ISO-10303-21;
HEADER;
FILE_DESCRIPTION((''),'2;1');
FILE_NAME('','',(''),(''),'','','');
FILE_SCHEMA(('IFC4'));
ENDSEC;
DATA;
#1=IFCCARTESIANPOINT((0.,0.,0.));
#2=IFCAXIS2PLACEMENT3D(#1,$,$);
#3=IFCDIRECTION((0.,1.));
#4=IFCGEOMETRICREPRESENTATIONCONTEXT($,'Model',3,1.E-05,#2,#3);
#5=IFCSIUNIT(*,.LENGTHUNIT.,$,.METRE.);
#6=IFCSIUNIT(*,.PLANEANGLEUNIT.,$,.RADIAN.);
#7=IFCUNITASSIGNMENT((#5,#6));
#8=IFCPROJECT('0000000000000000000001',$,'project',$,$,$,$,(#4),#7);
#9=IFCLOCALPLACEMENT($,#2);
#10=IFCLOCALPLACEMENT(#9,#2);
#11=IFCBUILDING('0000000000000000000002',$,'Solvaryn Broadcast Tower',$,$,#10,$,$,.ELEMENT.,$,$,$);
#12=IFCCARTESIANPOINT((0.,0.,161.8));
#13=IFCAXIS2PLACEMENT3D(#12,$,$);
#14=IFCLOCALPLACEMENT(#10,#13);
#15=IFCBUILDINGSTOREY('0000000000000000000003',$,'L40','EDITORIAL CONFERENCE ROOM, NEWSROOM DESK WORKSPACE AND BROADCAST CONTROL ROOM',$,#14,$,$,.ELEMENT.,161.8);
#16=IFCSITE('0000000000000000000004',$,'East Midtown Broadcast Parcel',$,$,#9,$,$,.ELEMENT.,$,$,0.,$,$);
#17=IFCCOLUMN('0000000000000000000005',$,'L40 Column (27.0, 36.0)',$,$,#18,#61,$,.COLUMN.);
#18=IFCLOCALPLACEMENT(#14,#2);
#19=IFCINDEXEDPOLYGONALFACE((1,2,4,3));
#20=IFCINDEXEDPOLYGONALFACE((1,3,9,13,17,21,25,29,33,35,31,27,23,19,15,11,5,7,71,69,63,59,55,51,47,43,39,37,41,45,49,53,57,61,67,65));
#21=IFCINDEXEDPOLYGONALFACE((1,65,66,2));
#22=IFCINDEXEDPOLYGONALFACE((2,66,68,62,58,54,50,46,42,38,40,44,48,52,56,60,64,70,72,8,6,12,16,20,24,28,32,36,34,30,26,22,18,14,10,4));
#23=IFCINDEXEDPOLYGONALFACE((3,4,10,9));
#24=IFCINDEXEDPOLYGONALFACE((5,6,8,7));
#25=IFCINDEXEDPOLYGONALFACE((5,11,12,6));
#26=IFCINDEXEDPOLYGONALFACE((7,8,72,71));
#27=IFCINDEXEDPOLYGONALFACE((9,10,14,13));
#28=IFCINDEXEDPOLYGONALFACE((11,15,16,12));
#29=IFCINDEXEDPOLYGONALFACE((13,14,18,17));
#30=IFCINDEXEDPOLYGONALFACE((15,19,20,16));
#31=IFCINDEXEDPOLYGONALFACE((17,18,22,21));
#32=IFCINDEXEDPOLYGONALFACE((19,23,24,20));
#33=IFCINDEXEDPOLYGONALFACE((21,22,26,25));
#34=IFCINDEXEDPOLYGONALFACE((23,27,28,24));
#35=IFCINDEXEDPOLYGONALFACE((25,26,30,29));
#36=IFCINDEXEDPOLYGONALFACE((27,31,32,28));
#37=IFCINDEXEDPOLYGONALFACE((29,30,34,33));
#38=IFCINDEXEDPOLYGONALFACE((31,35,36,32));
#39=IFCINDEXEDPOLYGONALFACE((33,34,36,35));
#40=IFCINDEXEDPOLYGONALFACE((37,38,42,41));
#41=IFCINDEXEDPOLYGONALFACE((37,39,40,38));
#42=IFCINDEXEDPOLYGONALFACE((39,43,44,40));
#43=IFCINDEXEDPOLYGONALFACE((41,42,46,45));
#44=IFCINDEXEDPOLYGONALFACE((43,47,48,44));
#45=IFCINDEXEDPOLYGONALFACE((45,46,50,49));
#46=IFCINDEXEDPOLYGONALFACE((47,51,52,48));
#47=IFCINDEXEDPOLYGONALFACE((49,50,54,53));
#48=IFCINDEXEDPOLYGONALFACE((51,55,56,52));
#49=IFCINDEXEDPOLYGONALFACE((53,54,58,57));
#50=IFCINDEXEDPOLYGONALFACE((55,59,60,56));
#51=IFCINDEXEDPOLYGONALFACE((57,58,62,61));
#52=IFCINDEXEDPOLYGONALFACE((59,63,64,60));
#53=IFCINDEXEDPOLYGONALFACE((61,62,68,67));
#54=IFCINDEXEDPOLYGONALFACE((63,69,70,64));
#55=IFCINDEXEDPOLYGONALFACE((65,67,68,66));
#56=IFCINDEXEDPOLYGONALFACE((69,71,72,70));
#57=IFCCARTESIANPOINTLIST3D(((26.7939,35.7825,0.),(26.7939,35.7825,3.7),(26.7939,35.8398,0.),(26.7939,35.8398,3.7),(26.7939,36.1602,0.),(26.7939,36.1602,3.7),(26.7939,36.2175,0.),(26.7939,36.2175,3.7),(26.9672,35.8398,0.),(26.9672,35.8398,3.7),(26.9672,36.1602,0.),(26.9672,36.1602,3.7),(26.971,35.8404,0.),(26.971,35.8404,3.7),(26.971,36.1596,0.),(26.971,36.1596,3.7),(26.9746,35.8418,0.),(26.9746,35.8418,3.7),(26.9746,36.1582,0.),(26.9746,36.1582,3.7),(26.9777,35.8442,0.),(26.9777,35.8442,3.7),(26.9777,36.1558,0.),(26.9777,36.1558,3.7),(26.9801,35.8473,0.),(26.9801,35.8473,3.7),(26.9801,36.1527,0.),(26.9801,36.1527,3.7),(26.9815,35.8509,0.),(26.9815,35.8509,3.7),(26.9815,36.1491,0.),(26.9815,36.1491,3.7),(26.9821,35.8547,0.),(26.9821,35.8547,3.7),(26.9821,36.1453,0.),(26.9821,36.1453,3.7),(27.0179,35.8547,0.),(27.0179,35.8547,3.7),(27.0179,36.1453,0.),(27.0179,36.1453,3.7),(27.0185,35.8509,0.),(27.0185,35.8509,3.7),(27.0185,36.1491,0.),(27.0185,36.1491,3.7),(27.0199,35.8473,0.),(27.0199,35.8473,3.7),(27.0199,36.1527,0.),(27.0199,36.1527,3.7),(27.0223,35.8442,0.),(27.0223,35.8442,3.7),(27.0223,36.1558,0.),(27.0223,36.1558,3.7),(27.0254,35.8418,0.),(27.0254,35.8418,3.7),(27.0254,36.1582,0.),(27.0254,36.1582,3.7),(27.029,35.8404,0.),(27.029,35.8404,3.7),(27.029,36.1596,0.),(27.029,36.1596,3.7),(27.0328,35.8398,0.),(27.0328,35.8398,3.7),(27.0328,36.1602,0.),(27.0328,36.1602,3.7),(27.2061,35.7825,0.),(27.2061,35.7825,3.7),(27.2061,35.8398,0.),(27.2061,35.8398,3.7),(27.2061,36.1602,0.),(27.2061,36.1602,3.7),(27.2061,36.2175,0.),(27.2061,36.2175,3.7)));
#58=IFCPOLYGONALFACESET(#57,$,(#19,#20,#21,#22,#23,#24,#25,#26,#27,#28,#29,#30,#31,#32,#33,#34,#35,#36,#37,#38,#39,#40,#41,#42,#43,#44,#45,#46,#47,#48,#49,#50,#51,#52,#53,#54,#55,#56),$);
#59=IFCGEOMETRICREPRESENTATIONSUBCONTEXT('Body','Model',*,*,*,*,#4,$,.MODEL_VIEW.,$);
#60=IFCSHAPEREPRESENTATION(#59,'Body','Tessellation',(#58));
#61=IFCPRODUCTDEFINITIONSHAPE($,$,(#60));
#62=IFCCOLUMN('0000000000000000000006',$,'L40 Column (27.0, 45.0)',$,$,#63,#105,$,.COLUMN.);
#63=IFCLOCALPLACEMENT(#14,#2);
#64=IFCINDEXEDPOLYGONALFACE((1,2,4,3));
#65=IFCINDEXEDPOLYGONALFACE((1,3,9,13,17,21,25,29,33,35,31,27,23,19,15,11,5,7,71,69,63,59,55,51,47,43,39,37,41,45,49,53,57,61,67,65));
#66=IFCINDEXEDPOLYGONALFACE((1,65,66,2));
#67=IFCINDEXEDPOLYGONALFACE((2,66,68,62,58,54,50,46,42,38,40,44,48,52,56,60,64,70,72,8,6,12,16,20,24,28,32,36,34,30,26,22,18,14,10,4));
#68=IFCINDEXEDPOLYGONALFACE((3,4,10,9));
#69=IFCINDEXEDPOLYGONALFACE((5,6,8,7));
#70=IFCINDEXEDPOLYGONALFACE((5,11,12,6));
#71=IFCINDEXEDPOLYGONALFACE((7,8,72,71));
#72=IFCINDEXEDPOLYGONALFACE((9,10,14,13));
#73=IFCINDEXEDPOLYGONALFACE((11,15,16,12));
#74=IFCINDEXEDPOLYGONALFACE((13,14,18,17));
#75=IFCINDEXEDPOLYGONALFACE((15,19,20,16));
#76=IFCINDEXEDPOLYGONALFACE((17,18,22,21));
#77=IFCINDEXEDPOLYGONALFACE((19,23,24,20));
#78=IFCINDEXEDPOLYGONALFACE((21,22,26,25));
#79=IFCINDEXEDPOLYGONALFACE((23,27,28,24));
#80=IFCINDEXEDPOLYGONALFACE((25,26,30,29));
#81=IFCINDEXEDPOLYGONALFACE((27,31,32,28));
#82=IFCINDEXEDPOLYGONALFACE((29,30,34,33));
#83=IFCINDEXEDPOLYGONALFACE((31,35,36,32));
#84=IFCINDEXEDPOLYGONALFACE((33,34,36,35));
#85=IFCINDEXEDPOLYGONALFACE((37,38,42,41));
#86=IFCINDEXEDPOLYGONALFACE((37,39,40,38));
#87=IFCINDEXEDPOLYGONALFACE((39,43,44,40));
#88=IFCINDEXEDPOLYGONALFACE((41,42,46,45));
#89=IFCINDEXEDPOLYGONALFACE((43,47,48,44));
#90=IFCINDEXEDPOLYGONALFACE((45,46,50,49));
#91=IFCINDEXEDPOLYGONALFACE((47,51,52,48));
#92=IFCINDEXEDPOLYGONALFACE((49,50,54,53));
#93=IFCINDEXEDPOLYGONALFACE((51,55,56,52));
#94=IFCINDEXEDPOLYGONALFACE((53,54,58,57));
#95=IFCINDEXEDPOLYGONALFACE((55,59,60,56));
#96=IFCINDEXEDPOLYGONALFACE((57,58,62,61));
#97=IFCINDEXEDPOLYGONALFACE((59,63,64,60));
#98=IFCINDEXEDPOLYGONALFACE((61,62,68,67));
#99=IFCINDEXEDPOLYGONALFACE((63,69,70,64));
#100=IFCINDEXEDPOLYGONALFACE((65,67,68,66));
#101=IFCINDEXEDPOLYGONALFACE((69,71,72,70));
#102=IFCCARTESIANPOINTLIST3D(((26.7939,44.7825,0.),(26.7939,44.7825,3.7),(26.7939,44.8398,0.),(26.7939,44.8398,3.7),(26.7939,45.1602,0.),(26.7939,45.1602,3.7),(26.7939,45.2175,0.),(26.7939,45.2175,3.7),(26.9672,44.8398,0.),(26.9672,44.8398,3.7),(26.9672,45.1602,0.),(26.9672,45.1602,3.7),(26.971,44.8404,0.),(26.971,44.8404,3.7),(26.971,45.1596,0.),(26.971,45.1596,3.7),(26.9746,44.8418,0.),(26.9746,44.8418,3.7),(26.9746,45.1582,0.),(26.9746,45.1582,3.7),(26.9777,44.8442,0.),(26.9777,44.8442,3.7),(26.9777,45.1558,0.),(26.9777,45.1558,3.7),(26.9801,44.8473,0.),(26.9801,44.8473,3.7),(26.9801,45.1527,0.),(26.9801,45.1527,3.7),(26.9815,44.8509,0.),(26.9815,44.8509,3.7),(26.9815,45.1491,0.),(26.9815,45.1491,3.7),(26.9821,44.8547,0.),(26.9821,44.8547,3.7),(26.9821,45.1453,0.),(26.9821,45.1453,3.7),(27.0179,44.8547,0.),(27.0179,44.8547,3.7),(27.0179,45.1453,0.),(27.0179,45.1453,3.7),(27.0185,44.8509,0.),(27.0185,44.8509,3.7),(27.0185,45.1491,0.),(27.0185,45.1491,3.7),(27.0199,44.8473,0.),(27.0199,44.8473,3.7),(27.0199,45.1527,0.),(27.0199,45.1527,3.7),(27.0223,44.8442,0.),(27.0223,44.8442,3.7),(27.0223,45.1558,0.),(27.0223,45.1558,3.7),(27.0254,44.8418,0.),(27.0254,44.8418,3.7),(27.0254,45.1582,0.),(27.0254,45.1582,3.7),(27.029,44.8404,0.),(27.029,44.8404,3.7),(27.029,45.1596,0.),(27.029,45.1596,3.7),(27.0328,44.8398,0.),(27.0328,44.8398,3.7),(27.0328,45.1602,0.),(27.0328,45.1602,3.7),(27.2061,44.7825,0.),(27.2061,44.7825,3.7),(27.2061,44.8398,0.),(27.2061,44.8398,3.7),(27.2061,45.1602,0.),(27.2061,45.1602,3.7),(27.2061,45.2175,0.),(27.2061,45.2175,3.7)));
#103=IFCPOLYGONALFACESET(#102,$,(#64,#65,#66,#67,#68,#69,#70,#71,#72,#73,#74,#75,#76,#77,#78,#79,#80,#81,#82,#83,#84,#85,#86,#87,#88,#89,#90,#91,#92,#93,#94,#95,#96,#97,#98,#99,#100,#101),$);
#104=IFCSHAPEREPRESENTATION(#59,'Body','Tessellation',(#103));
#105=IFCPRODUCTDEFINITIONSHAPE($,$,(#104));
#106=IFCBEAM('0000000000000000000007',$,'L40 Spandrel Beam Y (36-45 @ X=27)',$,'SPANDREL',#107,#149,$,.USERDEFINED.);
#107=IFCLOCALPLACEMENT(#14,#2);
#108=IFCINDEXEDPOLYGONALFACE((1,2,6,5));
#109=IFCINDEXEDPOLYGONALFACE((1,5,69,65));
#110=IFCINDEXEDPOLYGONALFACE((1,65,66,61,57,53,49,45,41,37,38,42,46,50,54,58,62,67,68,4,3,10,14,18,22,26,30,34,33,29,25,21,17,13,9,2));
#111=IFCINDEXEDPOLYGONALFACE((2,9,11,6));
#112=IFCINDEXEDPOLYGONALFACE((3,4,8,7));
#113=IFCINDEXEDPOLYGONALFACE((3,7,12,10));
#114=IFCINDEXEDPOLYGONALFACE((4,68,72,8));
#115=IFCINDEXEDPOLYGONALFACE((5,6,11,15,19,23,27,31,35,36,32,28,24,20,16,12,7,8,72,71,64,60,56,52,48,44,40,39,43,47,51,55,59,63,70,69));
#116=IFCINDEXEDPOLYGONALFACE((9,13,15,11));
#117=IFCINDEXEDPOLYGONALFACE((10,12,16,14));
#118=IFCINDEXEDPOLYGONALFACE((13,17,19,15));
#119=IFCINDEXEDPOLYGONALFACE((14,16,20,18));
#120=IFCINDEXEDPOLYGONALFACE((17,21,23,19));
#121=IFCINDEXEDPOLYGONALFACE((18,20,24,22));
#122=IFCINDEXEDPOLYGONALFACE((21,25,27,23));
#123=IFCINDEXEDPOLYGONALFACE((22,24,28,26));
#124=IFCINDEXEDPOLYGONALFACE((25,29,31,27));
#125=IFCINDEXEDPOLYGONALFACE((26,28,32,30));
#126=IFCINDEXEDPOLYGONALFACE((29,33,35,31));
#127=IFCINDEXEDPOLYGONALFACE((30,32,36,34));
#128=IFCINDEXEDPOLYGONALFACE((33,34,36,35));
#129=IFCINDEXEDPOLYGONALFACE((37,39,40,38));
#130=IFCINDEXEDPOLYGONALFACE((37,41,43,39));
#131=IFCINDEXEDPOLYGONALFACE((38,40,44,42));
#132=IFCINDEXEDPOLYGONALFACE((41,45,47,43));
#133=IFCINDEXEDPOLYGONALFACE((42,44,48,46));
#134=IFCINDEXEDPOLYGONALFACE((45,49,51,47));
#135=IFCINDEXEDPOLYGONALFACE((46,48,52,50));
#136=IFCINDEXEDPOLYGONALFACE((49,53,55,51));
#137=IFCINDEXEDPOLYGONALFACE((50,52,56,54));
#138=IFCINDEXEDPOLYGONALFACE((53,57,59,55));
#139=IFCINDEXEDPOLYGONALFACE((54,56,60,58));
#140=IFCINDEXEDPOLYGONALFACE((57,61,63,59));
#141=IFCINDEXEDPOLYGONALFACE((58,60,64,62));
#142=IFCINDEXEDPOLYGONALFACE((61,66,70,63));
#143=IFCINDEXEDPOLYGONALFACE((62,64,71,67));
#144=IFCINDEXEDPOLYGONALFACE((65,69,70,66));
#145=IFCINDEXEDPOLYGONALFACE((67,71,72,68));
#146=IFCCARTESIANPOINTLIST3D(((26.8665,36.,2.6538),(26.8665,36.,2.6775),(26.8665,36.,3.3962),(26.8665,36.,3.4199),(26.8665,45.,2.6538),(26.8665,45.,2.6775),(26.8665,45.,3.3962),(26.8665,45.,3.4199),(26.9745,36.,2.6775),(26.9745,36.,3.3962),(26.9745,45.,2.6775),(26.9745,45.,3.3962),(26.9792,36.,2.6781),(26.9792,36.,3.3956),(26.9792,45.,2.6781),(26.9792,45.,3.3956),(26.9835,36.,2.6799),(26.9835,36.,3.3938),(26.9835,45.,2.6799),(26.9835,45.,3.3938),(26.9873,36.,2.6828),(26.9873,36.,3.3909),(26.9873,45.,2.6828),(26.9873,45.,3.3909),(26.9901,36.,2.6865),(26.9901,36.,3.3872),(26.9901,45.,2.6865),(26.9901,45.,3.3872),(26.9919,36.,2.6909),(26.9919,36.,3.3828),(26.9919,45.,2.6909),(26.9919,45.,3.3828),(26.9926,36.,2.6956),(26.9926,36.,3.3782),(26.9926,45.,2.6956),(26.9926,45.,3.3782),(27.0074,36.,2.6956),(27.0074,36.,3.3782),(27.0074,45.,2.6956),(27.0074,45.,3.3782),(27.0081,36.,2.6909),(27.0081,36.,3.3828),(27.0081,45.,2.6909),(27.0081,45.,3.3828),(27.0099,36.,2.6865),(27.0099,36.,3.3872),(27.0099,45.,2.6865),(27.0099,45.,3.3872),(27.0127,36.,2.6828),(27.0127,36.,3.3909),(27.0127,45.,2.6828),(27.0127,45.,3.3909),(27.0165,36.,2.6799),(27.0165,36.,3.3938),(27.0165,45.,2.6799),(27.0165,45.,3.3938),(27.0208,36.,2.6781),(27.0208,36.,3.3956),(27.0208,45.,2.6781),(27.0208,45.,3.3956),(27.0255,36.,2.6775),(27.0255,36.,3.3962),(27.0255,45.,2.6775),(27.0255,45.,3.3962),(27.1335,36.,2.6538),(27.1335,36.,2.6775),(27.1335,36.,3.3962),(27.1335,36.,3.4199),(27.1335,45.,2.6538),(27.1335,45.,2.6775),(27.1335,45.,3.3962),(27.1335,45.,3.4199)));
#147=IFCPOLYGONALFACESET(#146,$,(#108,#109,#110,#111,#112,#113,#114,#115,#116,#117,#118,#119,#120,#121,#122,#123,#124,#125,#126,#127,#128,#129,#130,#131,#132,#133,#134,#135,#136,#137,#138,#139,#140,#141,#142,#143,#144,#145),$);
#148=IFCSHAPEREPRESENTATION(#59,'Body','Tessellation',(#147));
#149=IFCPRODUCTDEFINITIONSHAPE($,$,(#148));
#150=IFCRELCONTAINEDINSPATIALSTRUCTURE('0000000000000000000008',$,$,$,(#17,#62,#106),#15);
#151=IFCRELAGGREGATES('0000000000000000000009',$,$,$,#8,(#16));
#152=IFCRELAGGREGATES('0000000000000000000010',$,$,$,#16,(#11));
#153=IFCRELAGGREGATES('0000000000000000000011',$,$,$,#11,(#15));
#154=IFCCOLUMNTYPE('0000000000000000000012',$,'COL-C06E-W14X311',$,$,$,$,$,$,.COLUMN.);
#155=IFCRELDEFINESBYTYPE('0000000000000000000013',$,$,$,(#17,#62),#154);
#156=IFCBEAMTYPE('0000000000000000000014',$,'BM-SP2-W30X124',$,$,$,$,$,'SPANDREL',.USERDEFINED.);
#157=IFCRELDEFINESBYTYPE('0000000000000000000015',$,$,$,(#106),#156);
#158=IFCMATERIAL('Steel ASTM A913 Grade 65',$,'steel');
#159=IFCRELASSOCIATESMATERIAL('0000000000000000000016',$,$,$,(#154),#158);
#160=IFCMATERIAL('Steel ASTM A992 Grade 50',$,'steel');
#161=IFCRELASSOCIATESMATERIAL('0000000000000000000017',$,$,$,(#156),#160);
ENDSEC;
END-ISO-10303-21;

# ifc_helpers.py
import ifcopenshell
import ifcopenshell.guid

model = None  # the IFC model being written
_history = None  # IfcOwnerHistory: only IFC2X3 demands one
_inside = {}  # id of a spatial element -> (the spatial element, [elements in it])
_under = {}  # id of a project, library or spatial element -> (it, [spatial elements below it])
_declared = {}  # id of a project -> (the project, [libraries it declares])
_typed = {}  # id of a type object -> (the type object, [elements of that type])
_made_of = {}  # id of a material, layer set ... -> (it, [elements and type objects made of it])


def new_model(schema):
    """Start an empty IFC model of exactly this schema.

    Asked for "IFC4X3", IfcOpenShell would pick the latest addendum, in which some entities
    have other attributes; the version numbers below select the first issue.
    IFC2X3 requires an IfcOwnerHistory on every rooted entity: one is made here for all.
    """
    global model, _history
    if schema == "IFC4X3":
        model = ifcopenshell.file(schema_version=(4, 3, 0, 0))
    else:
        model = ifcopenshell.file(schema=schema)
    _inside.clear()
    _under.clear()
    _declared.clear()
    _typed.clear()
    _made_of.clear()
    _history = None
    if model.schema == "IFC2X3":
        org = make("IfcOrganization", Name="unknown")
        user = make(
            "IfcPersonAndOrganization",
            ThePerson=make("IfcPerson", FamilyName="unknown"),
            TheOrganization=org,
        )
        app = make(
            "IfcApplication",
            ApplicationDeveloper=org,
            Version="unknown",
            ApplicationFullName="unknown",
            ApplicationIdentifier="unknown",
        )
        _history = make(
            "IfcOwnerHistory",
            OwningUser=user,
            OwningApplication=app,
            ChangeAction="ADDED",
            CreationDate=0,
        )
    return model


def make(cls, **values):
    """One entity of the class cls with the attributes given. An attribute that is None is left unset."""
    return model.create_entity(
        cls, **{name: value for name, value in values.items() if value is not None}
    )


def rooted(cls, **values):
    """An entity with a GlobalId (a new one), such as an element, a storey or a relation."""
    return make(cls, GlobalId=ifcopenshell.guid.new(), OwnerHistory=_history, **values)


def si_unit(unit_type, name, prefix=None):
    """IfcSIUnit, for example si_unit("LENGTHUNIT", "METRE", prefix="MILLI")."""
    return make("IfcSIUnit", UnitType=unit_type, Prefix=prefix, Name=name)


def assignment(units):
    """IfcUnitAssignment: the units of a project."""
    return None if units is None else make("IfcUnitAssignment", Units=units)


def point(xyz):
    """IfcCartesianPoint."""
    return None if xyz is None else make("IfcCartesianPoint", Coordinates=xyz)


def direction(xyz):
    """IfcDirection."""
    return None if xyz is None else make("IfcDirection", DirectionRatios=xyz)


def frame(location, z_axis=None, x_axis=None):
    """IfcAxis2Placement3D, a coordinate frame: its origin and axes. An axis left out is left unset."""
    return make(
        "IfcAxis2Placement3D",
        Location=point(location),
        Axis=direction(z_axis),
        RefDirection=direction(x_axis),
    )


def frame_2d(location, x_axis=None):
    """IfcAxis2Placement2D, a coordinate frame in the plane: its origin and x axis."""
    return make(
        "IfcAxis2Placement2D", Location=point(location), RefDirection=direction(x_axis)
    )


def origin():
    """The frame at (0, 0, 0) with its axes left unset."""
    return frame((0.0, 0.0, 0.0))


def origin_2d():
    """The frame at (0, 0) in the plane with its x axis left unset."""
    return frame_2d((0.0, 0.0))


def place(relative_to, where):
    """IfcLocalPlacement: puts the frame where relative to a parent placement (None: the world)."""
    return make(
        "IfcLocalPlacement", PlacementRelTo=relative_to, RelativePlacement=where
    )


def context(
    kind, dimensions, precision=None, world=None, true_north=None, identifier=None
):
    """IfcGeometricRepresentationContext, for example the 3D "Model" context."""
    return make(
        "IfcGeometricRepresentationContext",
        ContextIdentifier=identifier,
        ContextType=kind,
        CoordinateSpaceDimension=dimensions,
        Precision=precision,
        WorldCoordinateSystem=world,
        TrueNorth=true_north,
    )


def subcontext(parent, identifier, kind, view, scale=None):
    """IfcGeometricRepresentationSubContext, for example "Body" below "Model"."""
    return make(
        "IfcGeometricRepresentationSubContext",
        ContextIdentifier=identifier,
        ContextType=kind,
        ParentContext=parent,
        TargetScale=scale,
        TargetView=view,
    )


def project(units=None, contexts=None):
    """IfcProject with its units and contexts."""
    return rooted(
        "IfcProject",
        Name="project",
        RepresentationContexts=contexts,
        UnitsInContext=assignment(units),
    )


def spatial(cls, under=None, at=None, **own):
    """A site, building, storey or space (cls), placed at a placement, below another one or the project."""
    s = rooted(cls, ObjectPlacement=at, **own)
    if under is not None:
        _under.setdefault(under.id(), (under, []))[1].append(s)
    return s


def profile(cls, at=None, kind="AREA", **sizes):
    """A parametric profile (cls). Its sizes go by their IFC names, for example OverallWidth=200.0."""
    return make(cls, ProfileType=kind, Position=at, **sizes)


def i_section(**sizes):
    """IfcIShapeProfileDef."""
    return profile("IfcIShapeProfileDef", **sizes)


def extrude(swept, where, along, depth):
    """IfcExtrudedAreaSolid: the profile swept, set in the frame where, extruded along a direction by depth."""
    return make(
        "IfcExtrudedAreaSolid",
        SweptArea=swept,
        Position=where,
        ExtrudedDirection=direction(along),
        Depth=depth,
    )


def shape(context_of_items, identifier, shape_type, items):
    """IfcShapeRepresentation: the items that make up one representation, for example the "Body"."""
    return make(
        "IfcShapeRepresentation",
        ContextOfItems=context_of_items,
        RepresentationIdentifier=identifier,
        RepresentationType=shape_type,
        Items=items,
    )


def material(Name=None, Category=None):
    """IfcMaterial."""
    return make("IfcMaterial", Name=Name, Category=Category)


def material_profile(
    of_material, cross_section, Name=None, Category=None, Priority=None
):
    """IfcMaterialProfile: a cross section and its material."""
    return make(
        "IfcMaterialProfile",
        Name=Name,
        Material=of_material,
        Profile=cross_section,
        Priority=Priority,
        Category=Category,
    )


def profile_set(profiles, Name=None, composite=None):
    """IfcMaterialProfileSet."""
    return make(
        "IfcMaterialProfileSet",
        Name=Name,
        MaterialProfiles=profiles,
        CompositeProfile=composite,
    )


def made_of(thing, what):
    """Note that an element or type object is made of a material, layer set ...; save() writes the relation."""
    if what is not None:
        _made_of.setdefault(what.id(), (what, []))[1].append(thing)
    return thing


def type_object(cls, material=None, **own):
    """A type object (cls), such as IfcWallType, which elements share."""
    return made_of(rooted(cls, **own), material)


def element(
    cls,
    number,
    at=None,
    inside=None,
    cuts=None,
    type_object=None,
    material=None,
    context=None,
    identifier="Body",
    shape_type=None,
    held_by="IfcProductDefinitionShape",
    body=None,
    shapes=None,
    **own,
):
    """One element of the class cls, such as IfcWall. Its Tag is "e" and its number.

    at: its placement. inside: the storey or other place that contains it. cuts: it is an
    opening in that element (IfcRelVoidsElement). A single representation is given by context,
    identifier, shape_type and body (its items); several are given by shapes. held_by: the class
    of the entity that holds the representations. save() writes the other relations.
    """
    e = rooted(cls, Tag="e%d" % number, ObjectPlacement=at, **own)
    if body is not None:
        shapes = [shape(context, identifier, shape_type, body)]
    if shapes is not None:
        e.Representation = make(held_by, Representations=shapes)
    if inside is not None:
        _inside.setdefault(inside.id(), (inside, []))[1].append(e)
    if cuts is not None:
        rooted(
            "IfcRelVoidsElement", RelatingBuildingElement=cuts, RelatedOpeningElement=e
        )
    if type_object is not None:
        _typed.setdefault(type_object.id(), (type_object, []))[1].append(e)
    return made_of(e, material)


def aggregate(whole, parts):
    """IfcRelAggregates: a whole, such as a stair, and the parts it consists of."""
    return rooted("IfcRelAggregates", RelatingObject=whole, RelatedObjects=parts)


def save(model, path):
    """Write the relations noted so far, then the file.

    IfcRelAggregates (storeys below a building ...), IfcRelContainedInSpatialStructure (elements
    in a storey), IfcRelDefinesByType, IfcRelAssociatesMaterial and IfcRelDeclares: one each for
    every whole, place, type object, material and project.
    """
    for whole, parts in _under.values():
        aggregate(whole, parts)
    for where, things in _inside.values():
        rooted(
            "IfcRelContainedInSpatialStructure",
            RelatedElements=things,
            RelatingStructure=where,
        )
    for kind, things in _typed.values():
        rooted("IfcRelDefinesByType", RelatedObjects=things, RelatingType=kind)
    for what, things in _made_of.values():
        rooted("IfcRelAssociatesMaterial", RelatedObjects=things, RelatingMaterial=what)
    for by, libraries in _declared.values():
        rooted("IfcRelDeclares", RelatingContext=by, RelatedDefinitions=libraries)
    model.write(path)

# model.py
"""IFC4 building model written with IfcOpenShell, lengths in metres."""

from ifc_helpers import new_model, si_unit, direction, frame, origin, origin_2d, place, context, subcontext, project, spatial, i_section, extrude, material, material_profile, profile_set, type_object, element, save


model = new_model("IFC4")

# Units and contexts
model_context = context("Model", 3, precision=1e-05, world=origin(), true_north=direction((0.0, 1.0)))
body_context = subcontext(model_context, "Body", "Model", "MODEL_VIEW")
ifc_project = project(units=[si_unit("LENGTHUNIT", "METRE"), si_unit("PLANEANGLEUNIT", "RADIAN")], contexts=[model_context])

# Site, building, storey
site_placement = place(None, origin())
site = spatial("IfcSite", under=ifc_project, at=site_placement, Name="East Midtown Broadcast Parcel", CompositionType="ELEMENT", RefElevation=0.0)
building_placement = place(site_placement, origin())
building = spatial("IfcBuilding", under=site, at=building_placement, Name="Solvaryn Broadcast Tower", CompositionType="ELEMENT")
storey_placement = place(building_placement, frame((0.0, 0.0, 161.8)))
storey = spatial("IfcBuildingStorey", under=building, at=storey_placement, Name="L40", Description="EDITORIAL CONFERENCE ROOM, NEWSROOM DESK WORKSPACE AND BROADCAST CONTROL ROOM", CompositionType="ELEMENT", Elevation=161.8)

# Columns
ifc_material_1 = material(Name="Steel ASTM A913 Grade 65", Category="steel")
ifc_material_profile_1 = material_profile(ifc_material_1, i_section(OverallWidth=0.4121, OverallDepth=0.4351, WebThickness=0.0359, FlangeThickness=0.0574, FilletRadius=0.0149, at=origin_2d()))
ifc_profile_set_1 = profile_set([ifc_material_profile_1], Name="Steel ASTM A913 Grade 65")
column_type = type_object("IfcColumnType", Name="COL-C06E-W14X311", PredefinedType="COLUMN", material=ifc_profile_set_1)
for number, where, z_axis, x_axis, name in (
    (1, (27.0, 36.0, 0.0), (0.0, 0.0, 1.0), (1.0, 0.0, 0.0), "L40 Column (27.0, 36.0)"),
    (2, (27.0, 45.0, 0.0), (0.0, 0.0, 1.0), (1.0, 0.0, 0.0), "L40 Column (27.0, 45.0)"),
):
    element("IfcColumn", number, at=place(storey_placement, frame(where, z_axis=z_axis, x_axis=x_axis)), inside=storey, type_object=column_type, Name=name, PredefinedType="COLUMN", context=body_context, shape_type="SweptSolid", body=[
        extrude(i_section(OverallWidth=0.4121, OverallDepth=0.4351, WebThickness=0.0359, FlangeThickness=0.0574, FilletRadius=0.0149, at=origin_2d()), origin(), (0.0, 0.0, 1.0), 3.7),
    ])

# Beam
ifc_material_2 = material(Name="Steel ASTM A992 Grade 50", Category="steel")
ifc_material_profile_2 = material_profile(ifc_material_2, i_section(OverallWidth=0.2671, OverallDepth=0.7661, WebThickness=0.0149, FlangeThickness=0.0237, FilletRadius=0.0181, at=origin_2d()))
ifc_profile_set_2 = profile_set([ifc_material_profile_2], Name="Steel ASTM A992 Grade 50")
beam_type = type_object("IfcBeamType", Name="BM-SP2-W30X124", ElementType="SPANDREL", PredefinedType="USERDEFINED", material=ifc_profile_set_2)
beam_placement = place(storey_placement, frame((27.0, 36.0, 3.0369), z_axis=(0.0, 1.0, 0.0), x_axis=(-1.0, 0.0, 0.0)))
element("IfcBeam", 3, at=beam_placement, inside=storey, type_object=beam_type, Name="L40 Spandrel Beam Y (36-45 @ X=27)", ObjectType="SPANDREL", PredefinedType="USERDEFINED", context=body_context, shape_type="SweptSolid", body=[
    extrude(i_section(OverallWidth=0.2671, OverallDepth=0.7661, WebThickness=0.0149, FlangeThickness=0.0237, FilletRadius=0.0181, at=origin_2d()), origin(), (0.0, 0.0, 1.0), 9.0),
])

save(model, "model.ifc")
